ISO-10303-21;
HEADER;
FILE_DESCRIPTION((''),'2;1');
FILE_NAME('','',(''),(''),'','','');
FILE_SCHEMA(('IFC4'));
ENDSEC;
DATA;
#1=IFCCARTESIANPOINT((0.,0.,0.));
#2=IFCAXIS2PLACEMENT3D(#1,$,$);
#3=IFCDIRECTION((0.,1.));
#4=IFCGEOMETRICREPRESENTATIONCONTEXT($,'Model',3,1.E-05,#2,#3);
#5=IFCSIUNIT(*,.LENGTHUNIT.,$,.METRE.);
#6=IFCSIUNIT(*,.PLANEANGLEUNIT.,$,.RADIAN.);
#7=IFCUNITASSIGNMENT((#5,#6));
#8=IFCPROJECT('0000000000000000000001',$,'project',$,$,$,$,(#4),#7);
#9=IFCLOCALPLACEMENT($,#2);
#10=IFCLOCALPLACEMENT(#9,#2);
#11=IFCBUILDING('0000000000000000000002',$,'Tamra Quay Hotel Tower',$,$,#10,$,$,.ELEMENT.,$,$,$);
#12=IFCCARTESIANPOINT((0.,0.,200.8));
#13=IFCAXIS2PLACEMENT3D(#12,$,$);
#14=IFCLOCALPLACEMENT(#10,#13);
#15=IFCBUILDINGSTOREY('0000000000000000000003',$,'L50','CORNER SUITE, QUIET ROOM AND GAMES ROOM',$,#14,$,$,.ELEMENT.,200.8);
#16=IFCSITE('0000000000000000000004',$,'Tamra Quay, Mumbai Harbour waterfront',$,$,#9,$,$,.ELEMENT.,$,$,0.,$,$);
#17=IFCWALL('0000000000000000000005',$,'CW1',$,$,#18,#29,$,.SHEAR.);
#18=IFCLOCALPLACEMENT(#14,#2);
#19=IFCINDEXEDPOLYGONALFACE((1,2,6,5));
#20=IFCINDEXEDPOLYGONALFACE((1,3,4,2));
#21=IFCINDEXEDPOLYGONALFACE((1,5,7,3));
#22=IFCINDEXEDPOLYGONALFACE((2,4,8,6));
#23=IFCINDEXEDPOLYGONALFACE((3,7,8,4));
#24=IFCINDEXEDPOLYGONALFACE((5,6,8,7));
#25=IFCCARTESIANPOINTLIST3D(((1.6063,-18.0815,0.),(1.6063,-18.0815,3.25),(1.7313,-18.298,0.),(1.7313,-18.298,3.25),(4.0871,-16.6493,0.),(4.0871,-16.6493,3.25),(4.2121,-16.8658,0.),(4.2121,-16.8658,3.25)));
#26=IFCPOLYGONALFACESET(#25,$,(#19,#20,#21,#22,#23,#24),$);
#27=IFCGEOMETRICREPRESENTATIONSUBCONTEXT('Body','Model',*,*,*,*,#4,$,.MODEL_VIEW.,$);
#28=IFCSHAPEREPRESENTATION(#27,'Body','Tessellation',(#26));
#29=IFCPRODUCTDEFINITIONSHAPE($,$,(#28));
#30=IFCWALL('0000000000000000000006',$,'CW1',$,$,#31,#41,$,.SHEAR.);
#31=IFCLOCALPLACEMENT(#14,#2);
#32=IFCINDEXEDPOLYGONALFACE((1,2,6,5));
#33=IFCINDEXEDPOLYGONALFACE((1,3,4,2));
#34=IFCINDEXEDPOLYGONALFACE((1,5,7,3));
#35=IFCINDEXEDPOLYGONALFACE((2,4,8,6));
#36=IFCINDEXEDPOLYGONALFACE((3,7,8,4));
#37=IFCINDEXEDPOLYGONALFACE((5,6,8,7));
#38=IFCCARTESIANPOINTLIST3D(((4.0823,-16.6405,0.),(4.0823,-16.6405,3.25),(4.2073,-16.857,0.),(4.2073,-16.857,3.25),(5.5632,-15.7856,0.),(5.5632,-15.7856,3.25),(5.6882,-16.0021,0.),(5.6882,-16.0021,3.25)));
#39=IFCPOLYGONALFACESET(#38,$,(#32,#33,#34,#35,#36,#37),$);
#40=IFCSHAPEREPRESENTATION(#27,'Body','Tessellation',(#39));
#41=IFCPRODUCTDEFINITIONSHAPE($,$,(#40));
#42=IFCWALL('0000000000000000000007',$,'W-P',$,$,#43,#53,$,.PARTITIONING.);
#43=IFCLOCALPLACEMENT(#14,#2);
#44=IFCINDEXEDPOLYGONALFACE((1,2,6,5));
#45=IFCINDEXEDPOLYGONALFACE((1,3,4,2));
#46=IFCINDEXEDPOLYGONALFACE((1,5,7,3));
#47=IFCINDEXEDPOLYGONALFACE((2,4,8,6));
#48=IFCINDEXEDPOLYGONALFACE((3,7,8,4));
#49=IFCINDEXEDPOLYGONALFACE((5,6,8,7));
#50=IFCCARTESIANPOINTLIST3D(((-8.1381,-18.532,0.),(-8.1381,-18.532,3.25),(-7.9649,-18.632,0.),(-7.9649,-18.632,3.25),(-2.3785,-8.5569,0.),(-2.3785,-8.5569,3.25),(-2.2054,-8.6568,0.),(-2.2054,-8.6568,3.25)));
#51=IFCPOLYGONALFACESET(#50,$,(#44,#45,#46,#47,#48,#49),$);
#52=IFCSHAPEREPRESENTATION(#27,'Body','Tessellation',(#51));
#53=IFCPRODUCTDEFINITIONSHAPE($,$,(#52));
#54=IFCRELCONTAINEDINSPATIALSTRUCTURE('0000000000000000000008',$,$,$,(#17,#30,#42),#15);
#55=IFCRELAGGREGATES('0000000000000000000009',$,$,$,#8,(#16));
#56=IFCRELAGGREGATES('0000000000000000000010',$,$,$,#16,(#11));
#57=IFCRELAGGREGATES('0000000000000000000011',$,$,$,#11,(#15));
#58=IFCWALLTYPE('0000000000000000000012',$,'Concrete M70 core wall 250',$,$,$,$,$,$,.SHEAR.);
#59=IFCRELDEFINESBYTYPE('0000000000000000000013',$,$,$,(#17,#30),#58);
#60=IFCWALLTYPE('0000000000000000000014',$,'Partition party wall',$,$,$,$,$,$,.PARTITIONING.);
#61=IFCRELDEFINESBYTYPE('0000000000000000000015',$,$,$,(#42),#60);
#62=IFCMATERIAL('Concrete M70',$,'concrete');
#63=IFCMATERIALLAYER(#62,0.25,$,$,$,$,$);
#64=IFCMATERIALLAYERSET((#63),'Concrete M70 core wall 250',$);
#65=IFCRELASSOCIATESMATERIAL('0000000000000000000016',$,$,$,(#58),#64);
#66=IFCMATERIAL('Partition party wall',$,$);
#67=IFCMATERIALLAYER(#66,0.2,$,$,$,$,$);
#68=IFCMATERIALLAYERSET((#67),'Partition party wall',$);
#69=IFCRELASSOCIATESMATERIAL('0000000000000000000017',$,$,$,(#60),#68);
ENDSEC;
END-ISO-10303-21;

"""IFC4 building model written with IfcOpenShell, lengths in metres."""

from ifc_helpers import new_model, si_unit, direction, frame, frame_2d, origin, place, context, subcontext, project, spatial, rectangle, extrude, material, layer, layer_set, type_object, element, save


model = new_model("IFC4")

# Units and contexts
model_context = context("Model", 3, precision=1e-05, world=origin(), true_north=direction((0.0, 1.0)))
body_context = subcontext(model_context, "Body", "Model", "MODEL_VIEW")
ifc_project = project(units=[si_unit("LENGTHUNIT", "METRE"), si_unit("PLANEANGLEUNIT", "RADIAN")], contexts=[model_context])

# Site, building, storey
site_placement = place(None, origin())
site = spatial("IfcSite", under=ifc_project, at=site_placement, Name="Tamra Quay, Mumbai Harbour waterfront", CompositionType="ELEMENT", RefElevation=0.0)
building_placement = place(site_placement, origin())
building = spatial("IfcBuilding", under=site, at=building_placement, Name="Tamra Quay Hotel Tower", CompositionType="ELEMENT")
storey_placement = place(building_placement, frame((0.0, 0.0, 200.8)))
storey = spatial("IfcBuildingStorey", under=building, at=storey_placement, Name="L50", Description="CORNER SUITE, QUIET ROOM AND GAMES ROOM", CompositionType="ELEMENT", Elevation=200.8)

# Shared definitions
ifc_material_1 = material(Name="Concrete M70", Category="concrete")

# Walls
ifc_layer_1 = layer(ifc_material_1, 0.25)
ifc_layer_set_1 = layer_set([ifc_layer_1], Name="Concrete M70 core wall 250")
wall_type_1 = type_object("IfcWallType", Name="Concrete M70 core wall 250", PredefinedType="SHEAR", material=ifc_layer_set_1)
wall_1_placement = place(storey_placement, frame((1.6689, -18.1897, 0.0), z_axis=(0.0, 0.0, 1.0), x_axis=(0.866042, 0.499971, 0.0)))
element("IfcWall", 1, at=wall_1_placement, inside=storey, type_object=wall_type_1, Name="CW1", PredefinedType="SHEAR", context=body_context, shape_type="SweptSolid", body=[
    extrude(rectangle(XDim=2.8645, YDim=0.25, at=frame_2d((1.4321, 0.0))), origin(), (0.0, 0.0, 1.0), 3.25),
])
wall_2_placement = place(storey_placement, frame((4.1448, -16.7488, 0.0), z_axis=(0.0, 0.0, 1.0), x_axis=(0.866038, 0.499978, 0.0)))
element("IfcWall", 2, at=wall_2_placement, inside=storey, type_object=wall_type_1, Name="CW1", PredefinedType="SHEAR", context=body_context, shape_type="SweptSolid", body=[
    extrude(rectangle(XDim=1.71, YDim=0.25, at=frame_2d((0.855, 0.0))), origin(), (0.0, 0.0, 1.0), 3.25),
])
ifc_material_2 = material(Name="Partition party wall")
ifc_layer_2 = layer(ifc_material_2, 0.2)
ifc_layer_set_2 = layer_set([ifc_layer_2], Name="Partition party wall")
wall_type_2 = type_object("IfcWallType", Name="Partition party wall", PredefinedType="PARTITIONING", material=ifc_layer_set_2)
wall_3_placement = place(storey_placement, frame((-8.0515, -18.582, 0.0), z_axis=(0.0, 0.0, 1.0), x_axis=(0.500026, 0.866011, 0.0)))
element("IfcWall", 3, at=wall_3_placement, inside=storey, type_object=wall_type_2, Name="W-P", PredefinedType="PARTITIONING", context=body_context, shape_type="SweptSolid", body=[
    extrude(rectangle(XDim=11.5186, YDim=0.2, at=frame_2d((5.7593, 0.0))), origin(), (0.0, 0.0, 1.0), 3.25),
])

save(model, "model.ifc")
